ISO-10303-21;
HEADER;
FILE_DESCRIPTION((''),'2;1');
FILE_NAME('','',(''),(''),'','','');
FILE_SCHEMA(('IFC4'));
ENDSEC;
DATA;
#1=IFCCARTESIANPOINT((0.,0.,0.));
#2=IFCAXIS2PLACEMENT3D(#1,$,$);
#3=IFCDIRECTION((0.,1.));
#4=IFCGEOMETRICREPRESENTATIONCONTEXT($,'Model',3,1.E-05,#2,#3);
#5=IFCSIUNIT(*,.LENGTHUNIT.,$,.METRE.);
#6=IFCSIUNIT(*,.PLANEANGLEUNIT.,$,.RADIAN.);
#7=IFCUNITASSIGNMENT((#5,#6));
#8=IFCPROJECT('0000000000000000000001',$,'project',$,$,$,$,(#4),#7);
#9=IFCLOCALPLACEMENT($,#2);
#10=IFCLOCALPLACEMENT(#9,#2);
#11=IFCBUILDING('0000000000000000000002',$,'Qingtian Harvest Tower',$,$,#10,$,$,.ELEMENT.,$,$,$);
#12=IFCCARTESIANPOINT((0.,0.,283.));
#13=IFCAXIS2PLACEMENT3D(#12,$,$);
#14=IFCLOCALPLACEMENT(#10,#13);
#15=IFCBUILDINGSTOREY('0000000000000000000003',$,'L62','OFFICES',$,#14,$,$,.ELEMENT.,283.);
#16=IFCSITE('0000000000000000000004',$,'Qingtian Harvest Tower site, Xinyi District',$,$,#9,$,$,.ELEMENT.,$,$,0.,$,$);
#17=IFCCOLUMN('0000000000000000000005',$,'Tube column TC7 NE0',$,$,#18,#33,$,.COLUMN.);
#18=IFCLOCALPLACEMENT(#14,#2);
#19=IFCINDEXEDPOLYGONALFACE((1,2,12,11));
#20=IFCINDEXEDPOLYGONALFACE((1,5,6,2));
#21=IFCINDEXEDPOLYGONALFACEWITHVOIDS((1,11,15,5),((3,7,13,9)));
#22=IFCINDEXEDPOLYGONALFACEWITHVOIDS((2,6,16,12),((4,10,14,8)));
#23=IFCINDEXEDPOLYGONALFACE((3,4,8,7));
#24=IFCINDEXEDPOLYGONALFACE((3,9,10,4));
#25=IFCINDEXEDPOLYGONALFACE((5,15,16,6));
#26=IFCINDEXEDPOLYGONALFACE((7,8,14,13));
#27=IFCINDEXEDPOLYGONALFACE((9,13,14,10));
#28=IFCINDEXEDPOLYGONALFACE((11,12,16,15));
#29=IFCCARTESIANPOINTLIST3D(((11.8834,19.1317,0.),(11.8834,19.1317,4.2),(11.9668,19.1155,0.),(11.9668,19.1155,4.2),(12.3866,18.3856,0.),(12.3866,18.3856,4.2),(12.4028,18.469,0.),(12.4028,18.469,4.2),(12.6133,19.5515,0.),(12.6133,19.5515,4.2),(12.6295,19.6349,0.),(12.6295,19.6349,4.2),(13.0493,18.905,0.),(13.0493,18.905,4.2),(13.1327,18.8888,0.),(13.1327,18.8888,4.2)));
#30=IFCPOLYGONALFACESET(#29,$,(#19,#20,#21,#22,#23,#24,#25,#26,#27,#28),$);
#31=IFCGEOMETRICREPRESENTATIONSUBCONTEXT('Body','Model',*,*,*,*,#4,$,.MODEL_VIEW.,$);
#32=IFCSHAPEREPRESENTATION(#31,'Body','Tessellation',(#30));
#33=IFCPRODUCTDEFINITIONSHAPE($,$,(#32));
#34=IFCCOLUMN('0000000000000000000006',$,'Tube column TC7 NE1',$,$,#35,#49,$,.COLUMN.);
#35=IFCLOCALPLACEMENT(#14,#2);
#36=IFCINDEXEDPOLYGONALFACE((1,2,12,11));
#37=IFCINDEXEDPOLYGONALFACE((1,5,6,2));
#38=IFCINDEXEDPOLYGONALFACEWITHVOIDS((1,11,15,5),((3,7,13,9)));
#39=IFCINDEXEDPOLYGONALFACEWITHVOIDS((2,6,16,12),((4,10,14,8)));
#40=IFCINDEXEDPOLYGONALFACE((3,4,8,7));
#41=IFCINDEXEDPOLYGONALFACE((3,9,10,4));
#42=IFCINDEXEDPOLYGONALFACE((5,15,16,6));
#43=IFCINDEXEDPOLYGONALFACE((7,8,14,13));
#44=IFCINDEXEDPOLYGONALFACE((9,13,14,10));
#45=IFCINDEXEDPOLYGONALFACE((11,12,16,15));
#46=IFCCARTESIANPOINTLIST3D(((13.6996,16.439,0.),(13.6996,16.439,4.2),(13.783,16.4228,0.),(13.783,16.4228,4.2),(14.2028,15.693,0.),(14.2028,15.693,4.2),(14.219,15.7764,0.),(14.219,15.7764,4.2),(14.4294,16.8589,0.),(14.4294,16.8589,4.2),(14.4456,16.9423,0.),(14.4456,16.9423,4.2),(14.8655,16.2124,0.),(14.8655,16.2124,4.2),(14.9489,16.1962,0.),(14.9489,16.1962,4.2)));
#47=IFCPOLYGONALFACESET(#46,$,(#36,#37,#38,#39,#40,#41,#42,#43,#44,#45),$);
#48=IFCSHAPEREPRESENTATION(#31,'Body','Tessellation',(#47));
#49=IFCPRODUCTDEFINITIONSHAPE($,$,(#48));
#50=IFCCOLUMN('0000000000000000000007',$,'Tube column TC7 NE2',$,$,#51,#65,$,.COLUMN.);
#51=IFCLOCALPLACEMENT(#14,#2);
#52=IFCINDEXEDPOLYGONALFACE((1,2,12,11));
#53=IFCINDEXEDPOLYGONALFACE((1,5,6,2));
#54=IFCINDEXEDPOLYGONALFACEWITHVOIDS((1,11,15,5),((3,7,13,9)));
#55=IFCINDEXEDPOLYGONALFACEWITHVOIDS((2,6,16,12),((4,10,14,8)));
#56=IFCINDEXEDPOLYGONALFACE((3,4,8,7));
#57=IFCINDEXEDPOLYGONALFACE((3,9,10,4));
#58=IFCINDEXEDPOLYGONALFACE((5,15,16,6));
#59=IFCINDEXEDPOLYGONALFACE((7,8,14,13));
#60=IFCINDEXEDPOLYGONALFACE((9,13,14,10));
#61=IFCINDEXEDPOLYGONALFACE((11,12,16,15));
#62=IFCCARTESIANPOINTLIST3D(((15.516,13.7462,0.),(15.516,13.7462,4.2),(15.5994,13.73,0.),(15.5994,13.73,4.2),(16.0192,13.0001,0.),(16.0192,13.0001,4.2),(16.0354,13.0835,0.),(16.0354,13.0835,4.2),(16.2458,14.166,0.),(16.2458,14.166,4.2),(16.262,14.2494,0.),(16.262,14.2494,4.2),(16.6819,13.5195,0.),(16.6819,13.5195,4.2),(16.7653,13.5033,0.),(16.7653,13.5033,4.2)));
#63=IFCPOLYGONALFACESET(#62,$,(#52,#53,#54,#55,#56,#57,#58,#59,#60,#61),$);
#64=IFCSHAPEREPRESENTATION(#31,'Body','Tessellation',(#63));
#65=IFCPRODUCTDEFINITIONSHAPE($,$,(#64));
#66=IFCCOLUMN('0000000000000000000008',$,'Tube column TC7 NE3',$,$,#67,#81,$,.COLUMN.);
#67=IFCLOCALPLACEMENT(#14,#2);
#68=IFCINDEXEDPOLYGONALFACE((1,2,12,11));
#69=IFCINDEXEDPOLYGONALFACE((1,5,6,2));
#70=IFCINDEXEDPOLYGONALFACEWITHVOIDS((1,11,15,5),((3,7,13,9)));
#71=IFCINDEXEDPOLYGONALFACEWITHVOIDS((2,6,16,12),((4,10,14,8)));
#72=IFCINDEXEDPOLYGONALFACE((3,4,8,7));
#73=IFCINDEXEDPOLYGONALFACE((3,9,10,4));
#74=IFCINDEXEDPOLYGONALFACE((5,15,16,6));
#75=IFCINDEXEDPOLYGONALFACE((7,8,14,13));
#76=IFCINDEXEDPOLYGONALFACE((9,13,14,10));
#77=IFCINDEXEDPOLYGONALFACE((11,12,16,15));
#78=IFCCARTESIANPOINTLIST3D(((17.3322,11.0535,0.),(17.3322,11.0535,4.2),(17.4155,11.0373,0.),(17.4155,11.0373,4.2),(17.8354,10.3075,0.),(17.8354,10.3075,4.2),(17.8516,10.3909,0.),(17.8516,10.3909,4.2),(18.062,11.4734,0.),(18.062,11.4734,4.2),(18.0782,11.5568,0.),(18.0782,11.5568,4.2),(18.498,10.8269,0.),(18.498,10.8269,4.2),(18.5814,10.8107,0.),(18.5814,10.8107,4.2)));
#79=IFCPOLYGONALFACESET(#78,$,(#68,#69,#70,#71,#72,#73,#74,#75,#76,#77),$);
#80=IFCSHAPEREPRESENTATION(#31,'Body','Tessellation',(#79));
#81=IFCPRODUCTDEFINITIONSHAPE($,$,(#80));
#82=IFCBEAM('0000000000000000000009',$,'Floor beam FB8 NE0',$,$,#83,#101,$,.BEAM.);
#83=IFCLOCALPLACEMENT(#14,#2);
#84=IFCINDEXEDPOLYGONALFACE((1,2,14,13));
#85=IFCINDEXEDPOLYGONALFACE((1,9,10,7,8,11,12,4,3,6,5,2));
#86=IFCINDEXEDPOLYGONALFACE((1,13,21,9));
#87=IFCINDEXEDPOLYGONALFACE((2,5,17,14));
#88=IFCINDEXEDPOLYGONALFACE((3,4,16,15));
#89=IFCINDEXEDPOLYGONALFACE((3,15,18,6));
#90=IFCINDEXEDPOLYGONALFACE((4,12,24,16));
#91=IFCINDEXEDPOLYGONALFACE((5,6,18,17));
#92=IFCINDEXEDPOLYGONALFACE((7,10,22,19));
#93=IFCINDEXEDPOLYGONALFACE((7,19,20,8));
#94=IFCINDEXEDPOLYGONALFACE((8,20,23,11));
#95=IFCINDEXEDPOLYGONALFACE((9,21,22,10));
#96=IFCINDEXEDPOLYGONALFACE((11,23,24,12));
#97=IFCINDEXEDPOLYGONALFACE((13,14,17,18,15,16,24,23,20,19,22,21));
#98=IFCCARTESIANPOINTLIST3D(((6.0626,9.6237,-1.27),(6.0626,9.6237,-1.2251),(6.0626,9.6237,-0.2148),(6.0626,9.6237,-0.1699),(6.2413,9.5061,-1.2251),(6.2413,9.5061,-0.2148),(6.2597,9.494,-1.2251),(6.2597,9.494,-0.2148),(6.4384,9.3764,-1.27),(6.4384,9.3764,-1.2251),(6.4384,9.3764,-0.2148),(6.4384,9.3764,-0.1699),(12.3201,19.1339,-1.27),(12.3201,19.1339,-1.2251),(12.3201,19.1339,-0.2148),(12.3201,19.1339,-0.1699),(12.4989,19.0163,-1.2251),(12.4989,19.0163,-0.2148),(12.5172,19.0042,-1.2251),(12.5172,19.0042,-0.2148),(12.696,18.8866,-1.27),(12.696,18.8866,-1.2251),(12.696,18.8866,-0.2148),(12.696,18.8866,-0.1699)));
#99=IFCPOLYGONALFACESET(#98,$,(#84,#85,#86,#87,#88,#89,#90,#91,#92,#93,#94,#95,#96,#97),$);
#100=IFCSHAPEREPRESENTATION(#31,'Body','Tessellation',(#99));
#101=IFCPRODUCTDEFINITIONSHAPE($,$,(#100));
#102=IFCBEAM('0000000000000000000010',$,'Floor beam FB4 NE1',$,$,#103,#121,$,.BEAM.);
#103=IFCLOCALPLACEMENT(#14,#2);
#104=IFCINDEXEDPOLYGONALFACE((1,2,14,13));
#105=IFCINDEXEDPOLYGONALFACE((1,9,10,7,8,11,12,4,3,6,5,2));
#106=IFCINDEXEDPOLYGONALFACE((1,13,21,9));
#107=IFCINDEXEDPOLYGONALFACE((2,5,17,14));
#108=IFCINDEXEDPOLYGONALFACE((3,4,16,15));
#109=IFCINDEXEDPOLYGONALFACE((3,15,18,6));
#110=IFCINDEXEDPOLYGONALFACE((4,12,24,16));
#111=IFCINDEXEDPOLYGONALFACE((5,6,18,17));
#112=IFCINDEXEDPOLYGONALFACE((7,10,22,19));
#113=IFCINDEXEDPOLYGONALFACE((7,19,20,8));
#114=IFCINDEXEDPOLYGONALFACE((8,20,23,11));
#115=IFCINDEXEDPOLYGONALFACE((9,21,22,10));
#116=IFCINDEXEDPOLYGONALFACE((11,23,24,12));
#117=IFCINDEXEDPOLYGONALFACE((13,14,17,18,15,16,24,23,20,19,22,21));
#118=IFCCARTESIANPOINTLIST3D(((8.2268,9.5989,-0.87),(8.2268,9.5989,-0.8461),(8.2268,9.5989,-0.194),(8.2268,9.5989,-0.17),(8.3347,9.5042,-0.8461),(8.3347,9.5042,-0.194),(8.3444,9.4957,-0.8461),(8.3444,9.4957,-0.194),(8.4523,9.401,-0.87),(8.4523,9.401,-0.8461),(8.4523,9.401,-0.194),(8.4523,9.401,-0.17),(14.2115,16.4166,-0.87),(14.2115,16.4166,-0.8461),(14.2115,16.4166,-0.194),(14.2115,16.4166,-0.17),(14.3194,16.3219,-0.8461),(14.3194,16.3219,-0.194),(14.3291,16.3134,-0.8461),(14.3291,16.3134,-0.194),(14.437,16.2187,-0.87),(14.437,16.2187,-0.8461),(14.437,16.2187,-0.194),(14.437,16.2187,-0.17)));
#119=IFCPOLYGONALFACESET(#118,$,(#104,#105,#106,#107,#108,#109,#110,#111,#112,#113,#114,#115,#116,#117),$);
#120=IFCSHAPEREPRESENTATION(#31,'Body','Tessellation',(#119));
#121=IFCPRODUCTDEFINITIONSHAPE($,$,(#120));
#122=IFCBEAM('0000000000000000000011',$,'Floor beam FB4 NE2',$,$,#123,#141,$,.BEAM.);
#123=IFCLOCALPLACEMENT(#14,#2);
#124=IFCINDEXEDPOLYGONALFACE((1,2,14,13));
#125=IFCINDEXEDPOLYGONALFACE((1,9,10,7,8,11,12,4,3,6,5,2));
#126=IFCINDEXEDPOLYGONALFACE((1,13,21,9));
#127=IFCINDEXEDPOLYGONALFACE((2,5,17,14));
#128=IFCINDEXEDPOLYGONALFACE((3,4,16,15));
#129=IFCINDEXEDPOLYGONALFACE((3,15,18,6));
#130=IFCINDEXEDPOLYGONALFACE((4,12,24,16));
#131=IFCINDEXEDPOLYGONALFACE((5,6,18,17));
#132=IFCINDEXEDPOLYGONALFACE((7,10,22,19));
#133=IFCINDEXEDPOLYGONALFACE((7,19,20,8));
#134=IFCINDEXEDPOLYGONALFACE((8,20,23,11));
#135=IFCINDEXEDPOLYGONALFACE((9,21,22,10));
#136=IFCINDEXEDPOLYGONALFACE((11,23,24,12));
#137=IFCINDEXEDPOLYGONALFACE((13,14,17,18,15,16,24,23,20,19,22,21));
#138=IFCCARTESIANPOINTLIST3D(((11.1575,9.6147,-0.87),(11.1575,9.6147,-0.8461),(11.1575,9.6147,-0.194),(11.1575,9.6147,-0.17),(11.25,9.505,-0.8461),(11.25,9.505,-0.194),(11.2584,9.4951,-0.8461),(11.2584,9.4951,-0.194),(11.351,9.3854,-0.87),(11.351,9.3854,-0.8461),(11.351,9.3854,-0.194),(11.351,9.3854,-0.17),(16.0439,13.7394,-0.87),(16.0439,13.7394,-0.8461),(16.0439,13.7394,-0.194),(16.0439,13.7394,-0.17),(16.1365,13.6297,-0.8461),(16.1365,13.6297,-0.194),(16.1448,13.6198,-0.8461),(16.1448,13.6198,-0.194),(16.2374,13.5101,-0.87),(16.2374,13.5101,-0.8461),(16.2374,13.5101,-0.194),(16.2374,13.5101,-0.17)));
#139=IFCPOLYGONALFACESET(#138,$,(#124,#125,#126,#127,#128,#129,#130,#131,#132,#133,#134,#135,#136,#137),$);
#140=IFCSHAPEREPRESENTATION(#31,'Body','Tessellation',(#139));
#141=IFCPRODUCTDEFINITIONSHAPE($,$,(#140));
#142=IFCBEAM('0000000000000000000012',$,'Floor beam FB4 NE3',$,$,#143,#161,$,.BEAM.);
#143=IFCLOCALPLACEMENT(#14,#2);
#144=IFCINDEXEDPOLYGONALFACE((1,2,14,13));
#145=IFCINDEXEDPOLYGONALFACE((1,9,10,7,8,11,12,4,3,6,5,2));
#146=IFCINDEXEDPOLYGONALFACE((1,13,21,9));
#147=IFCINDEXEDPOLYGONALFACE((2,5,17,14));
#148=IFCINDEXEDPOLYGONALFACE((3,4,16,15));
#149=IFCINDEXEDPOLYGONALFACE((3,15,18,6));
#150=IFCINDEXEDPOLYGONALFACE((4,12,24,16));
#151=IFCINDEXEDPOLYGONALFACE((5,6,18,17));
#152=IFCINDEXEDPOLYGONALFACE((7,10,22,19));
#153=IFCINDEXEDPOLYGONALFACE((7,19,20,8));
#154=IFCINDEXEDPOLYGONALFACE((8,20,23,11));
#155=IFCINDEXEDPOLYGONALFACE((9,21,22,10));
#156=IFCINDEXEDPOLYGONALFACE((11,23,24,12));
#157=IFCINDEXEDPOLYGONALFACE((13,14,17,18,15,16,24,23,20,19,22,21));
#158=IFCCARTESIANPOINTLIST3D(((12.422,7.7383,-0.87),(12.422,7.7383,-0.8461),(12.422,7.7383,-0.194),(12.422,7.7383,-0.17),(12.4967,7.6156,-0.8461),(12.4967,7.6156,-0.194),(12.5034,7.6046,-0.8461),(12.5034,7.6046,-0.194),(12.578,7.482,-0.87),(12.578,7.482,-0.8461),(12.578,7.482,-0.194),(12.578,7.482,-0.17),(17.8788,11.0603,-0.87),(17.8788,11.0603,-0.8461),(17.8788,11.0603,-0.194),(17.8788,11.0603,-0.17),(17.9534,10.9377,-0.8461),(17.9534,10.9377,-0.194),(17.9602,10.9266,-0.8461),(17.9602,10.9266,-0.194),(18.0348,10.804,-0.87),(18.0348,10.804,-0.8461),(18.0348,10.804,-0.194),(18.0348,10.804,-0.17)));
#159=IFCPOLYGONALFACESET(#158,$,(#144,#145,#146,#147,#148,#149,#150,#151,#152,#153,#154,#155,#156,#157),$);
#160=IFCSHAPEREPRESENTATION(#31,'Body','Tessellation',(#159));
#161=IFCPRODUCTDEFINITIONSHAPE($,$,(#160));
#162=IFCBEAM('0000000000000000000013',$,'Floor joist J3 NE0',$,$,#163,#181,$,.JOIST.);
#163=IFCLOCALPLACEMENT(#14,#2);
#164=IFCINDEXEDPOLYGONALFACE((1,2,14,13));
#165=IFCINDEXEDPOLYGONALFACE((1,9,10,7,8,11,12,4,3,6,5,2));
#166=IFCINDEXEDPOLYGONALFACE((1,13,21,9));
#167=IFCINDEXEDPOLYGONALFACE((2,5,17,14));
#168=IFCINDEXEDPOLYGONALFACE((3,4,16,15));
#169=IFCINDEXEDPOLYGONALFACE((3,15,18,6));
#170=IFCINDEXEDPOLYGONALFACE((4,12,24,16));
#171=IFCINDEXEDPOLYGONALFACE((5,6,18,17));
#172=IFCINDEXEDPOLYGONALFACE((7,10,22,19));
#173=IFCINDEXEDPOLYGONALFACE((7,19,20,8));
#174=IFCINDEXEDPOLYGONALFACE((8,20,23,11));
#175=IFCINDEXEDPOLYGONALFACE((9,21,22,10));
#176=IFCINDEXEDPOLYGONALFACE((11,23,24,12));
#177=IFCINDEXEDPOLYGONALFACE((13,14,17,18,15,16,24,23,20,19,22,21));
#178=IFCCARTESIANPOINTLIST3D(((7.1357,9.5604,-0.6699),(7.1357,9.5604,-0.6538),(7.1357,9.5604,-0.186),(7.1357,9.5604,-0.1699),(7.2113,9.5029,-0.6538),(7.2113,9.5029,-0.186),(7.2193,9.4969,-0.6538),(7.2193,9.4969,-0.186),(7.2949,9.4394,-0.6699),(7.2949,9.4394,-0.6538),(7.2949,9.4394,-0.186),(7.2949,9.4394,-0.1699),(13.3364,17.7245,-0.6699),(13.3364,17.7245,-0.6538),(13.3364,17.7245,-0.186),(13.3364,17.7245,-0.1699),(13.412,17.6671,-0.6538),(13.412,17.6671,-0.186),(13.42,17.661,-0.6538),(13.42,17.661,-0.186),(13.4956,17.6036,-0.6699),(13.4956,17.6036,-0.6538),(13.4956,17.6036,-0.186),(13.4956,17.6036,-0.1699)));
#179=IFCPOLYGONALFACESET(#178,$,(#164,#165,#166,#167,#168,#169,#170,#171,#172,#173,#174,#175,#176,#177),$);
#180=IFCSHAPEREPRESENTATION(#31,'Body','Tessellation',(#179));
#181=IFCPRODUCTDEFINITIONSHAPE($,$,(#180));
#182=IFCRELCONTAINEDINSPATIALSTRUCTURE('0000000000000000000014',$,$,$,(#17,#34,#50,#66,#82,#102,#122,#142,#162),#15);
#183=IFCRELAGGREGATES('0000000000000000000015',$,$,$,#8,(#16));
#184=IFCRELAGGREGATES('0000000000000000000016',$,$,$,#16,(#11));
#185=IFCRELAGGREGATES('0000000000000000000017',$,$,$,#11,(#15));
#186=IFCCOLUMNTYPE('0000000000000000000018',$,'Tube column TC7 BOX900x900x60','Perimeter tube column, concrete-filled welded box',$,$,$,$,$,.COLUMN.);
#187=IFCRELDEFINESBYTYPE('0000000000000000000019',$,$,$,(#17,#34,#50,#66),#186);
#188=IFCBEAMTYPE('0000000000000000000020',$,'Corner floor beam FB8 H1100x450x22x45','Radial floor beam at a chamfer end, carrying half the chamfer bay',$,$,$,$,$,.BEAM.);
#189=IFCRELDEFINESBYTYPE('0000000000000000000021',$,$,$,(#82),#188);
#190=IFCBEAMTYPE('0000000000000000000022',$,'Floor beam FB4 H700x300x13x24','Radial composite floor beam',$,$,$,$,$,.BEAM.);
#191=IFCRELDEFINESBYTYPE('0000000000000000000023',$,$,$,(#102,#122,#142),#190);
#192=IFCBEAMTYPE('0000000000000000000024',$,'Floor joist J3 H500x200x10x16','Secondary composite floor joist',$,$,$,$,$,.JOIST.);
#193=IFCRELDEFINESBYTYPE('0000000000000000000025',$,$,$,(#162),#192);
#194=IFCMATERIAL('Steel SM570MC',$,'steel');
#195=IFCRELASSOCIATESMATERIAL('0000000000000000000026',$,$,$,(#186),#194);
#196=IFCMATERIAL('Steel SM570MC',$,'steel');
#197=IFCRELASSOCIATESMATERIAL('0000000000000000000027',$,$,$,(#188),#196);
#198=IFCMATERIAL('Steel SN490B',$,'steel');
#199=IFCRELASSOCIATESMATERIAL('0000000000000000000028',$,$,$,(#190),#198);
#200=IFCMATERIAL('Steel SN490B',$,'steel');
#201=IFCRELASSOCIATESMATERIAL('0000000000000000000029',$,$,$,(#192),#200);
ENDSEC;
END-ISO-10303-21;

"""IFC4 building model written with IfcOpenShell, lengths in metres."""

from ifc_helpers import new_model, si_unit, direction, frame, origin, origin_2d, place, context, subcontext, project, spatial, hollow_rectangle, i_section, extrude, material, material_profile, profile_set, type_object, element, save


model = new_model("IFC4")

# Units and contexts
model_context = context("Model", 3, precision=1e-05, world=origin(), true_north=direction((0.0, 1.0)))
body_context = subcontext(model_context, "Body", "Model", "MODEL_VIEW")
ifc_project = project(units=[si_unit("LENGTHUNIT", "METRE"), si_unit("PLANEANGLEUNIT", "RADIAN")], contexts=[model_context])

# Site, building, storey
site_placement = place(None, origin())
site = spatial("IfcSite", under=ifc_project, at=site_placement, Name="Qingtian Harvest Tower site, Xinyi District", CompositionType="ELEMENT", RefElevation=0.0)
building_placement = place(site_placement, origin())
building = spatial("IfcBuilding", under=site, at=building_placement, Name="Qingtian Harvest Tower", CompositionType="ELEMENT")
storey_placement = place(building_placement, frame((0.0, 0.0, 283.0)))
storey = spatial("IfcBuildingStorey", under=building, at=storey_placement, Name="L62", Description="OFFICES", CompositionType="ELEMENT", Elevation=283.0)

# Columns
ifc_material_1 = material(Name="Steel SM570MC", Category="steel")
ifc_material_profile_1 = material_profile(ifc_material_1, hollow_rectangle(XDim=0.8999, YDim=0.8999, WallThickness=0.0601, at=origin_2d()), Name="BOX900x900x60")
ifc_profile_set_1 = profile_set([ifc_material_profile_1], Name="Steel SM570MC")
column_type = type_object("IfcColumnType", Name="Tube column TC7 BOX900x900x60", Description="Perimeter tube column, concrete-filled welded box", PredefinedType="COLUMN", material=ifc_profile_set_1)
for number, where, z_axis, x_axis, name in (
    (1, (12.5081, 19.0103, 0.0), (0.0, 0.0, 1.0), (-0.559193, 0.829038, 0.0), "Tube column TC7 NE0"),
    (2, (14.3242, 16.3176, 0.0), (0.0, 0.0, 1.0), (-0.559193, 0.829038, 0.0), "Tube column TC7 NE1"),
    (3, (16.1406, 13.6248, 0.0), (0.0, 0.0, 1.0), (-0.559193, 0.829038, 0.0), "Tube column TC7 NE2"),
    (4, (17.9568, 10.9321, 0.0), (0.0, 0.0, 1.0), (-0.559193, 0.829038, 0.0), "Tube column TC7 NE3"),
):
    element("IfcColumn", number, at=place(storey_placement, frame(where, z_axis=z_axis, x_axis=x_axis)), inside=storey, type_object=column_type, Name=name, PredefinedType="COLUMN", context=body_context, shape_type="SweptSolid", body=[
        extrude(hollow_rectangle(XDim=0.8999, YDim=0.8999, WallThickness=0.0601, at=origin_2d()), origin(), (0.0, 0.0, 1.0), 4.2),
    ])

# Beams
ifc_material_2 = material(Name="Steel SM570MC", Category="steel")
ifc_material_profile_2 = material_profile(ifc_material_2, i_section(OverallWidth=0.45, OverallDepth=1.1001, WebThickness=0.022, FlangeThickness=0.0449, at=origin_2d()), Name="H1100x450x22x45")
ifc_profile_set_2 = profile_set([ifc_material_profile_2], Name="Steel SM570MC")
beam_type_1 = type_object("IfcBeamType", Name="Corner floor beam FB8 H1100x450x22x45", Description="Radial floor beam at a chamfer end, carrying half the chamfer bay", PredefinedType="BEAM", material=ifc_profile_set_2)
beam_1_placement = place(storey_placement, frame((12.5081, 19.0103, -0.72), z_axis=(-0.549667, -0.835384, 0.0), x_axis=(0.835384, -0.549667, 0.0)))
element("IfcBeam", 5, at=beam_1_placement, inside=storey, type_object=beam_type_1, Name="Floor beam FB8 NE0", PredefinedType="BEAM", context=body_context, shape_type="SweptSolid", body=[
    extrude(i_section(OverallWidth=0.45, OverallDepth=1.1001, WebThickness=0.022, FlangeThickness=0.0449, at=origin_2d()), origin(), (0.0, 0.0, 1.0), 11.3843),
])
ifc_material_3 = material(Name="Steel SN490B", Category="steel")
ifc_material_profile_3 = material_profile(ifc_material_3, i_section(OverallWidth=0.3, OverallDepth=0.7, WebThickness=0.0129, FlangeThickness=0.0239, at=origin_2d()), Name="H700x300x13x24")
ifc_profile_set_3 = profile_set([ifc_material_profile_3], Name="Steel SN490B")
beam_type_2 = type_object("IfcBeamType", Name="Floor beam FB4 H700x300x13x24", Description="Radial composite floor beam", PredefinedType="BEAM", material=ifc_profile_set_3)
beam_2_placement = place(storey_placement, frame((14.3242, 16.3176, -0.52), z_axis=(-0.659702, -0.751527, 0.0), x_axis=(0.751527, -0.659702, 0.0)))
element("IfcBeam", 6, at=beam_2_placement, inside=storey, type_object=beam_type_2, Name="Floor beam FB4 NE1", PredefinedType="BEAM", context=body_context, shape_type="SweptSolid", body=[
    extrude(i_section(OverallWidth=0.3, OverallDepth=0.7, WebThickness=0.0129, FlangeThickness=0.0239, at=origin_2d()), origin(), (0.0, 0.0, 1.0), 9.0718),
])
beam_3_placement = place(storey_placement, frame((16.1406, 13.6248, -0.52), z_axis=(-0.764153, -0.645035, 0.0), x_axis=(0.645035, -0.764153, 0.0)))
element("IfcBeam", 7, at=beam_3_placement, inside=storey, type_object=beam_type_2, Name="Floor beam FB4 NE2", PredefinedType="BEAM", context=body_context, shape_type="SweptSolid", body=[
    extrude(i_section(OverallWidth=0.3, OverallDepth=0.7, WebThickness=0.0129, FlangeThickness=0.0239, at=origin_2d()), origin(), (0.0, 0.0, 1.0), 6.3945),
])
beam_4_placement = place(storey_placement, frame((17.9568, 10.9321, -0.52), z_axis=(-0.854164, -0.520004, 0.0), x_axis=(0.520004, -0.854164, 0.0)))
element("IfcBeam", 8, at=beam_4_placement, inside=storey, type_object=beam_type_2, Name="Floor beam FB4 NE3", PredefinedType="BEAM", context=body_context, shape_type="SweptSolid", body=[
    extrude(i_section(OverallWidth=0.3, OverallDepth=0.7, WebThickness=0.0129, FlangeThickness=0.0239, at=origin_2d()), origin(), (0.0, 0.0, 1.0), 6.3884),
])
ifc_material_4 = material(Name="Steel SN490B", Category="steel")
ifc_material_profile_4 = material_profile(ifc_material_4, i_section(OverallWidth=0.2, OverallDepth=0.5, WebThickness=0.01, FlangeThickness=0.0161, at=origin_2d()), Name="H500x200x10x16")
ifc_profile_set_4 = profile_set([ifc_material_profile_4], Name="Steel SN490B")
beam_type_3 = type_object("IfcBeamType", Name="Floor joist J3 H500x200x10x16", Description="Secondary composite floor joist", PredefinedType="JOIST", material=ifc_profile_set_4)
beam_5_placement = place(storey_placement, frame((13.416, 17.6641, -0.4199), z_axis=(-0.604836, -0.79635, 0.0), x_axis=(0.79635, -0.604836, 0.0)))
element("IfcBeam", 9, at=beam_5_placement, inside=storey, type_object=beam_type_3, Name="Floor joist J3 NE0", PredefinedType="JOIST", context=body_context, shape_type="SweptSolid", body=[
    extrude(i_section(OverallWidth=0.2, OverallDepth=0.5, WebThickness=0.01, FlangeThickness=0.0161, at=origin_2d()), origin(), (0.0, 0.0, 1.0), 10.252),
])

save(model, "model.ifc")
